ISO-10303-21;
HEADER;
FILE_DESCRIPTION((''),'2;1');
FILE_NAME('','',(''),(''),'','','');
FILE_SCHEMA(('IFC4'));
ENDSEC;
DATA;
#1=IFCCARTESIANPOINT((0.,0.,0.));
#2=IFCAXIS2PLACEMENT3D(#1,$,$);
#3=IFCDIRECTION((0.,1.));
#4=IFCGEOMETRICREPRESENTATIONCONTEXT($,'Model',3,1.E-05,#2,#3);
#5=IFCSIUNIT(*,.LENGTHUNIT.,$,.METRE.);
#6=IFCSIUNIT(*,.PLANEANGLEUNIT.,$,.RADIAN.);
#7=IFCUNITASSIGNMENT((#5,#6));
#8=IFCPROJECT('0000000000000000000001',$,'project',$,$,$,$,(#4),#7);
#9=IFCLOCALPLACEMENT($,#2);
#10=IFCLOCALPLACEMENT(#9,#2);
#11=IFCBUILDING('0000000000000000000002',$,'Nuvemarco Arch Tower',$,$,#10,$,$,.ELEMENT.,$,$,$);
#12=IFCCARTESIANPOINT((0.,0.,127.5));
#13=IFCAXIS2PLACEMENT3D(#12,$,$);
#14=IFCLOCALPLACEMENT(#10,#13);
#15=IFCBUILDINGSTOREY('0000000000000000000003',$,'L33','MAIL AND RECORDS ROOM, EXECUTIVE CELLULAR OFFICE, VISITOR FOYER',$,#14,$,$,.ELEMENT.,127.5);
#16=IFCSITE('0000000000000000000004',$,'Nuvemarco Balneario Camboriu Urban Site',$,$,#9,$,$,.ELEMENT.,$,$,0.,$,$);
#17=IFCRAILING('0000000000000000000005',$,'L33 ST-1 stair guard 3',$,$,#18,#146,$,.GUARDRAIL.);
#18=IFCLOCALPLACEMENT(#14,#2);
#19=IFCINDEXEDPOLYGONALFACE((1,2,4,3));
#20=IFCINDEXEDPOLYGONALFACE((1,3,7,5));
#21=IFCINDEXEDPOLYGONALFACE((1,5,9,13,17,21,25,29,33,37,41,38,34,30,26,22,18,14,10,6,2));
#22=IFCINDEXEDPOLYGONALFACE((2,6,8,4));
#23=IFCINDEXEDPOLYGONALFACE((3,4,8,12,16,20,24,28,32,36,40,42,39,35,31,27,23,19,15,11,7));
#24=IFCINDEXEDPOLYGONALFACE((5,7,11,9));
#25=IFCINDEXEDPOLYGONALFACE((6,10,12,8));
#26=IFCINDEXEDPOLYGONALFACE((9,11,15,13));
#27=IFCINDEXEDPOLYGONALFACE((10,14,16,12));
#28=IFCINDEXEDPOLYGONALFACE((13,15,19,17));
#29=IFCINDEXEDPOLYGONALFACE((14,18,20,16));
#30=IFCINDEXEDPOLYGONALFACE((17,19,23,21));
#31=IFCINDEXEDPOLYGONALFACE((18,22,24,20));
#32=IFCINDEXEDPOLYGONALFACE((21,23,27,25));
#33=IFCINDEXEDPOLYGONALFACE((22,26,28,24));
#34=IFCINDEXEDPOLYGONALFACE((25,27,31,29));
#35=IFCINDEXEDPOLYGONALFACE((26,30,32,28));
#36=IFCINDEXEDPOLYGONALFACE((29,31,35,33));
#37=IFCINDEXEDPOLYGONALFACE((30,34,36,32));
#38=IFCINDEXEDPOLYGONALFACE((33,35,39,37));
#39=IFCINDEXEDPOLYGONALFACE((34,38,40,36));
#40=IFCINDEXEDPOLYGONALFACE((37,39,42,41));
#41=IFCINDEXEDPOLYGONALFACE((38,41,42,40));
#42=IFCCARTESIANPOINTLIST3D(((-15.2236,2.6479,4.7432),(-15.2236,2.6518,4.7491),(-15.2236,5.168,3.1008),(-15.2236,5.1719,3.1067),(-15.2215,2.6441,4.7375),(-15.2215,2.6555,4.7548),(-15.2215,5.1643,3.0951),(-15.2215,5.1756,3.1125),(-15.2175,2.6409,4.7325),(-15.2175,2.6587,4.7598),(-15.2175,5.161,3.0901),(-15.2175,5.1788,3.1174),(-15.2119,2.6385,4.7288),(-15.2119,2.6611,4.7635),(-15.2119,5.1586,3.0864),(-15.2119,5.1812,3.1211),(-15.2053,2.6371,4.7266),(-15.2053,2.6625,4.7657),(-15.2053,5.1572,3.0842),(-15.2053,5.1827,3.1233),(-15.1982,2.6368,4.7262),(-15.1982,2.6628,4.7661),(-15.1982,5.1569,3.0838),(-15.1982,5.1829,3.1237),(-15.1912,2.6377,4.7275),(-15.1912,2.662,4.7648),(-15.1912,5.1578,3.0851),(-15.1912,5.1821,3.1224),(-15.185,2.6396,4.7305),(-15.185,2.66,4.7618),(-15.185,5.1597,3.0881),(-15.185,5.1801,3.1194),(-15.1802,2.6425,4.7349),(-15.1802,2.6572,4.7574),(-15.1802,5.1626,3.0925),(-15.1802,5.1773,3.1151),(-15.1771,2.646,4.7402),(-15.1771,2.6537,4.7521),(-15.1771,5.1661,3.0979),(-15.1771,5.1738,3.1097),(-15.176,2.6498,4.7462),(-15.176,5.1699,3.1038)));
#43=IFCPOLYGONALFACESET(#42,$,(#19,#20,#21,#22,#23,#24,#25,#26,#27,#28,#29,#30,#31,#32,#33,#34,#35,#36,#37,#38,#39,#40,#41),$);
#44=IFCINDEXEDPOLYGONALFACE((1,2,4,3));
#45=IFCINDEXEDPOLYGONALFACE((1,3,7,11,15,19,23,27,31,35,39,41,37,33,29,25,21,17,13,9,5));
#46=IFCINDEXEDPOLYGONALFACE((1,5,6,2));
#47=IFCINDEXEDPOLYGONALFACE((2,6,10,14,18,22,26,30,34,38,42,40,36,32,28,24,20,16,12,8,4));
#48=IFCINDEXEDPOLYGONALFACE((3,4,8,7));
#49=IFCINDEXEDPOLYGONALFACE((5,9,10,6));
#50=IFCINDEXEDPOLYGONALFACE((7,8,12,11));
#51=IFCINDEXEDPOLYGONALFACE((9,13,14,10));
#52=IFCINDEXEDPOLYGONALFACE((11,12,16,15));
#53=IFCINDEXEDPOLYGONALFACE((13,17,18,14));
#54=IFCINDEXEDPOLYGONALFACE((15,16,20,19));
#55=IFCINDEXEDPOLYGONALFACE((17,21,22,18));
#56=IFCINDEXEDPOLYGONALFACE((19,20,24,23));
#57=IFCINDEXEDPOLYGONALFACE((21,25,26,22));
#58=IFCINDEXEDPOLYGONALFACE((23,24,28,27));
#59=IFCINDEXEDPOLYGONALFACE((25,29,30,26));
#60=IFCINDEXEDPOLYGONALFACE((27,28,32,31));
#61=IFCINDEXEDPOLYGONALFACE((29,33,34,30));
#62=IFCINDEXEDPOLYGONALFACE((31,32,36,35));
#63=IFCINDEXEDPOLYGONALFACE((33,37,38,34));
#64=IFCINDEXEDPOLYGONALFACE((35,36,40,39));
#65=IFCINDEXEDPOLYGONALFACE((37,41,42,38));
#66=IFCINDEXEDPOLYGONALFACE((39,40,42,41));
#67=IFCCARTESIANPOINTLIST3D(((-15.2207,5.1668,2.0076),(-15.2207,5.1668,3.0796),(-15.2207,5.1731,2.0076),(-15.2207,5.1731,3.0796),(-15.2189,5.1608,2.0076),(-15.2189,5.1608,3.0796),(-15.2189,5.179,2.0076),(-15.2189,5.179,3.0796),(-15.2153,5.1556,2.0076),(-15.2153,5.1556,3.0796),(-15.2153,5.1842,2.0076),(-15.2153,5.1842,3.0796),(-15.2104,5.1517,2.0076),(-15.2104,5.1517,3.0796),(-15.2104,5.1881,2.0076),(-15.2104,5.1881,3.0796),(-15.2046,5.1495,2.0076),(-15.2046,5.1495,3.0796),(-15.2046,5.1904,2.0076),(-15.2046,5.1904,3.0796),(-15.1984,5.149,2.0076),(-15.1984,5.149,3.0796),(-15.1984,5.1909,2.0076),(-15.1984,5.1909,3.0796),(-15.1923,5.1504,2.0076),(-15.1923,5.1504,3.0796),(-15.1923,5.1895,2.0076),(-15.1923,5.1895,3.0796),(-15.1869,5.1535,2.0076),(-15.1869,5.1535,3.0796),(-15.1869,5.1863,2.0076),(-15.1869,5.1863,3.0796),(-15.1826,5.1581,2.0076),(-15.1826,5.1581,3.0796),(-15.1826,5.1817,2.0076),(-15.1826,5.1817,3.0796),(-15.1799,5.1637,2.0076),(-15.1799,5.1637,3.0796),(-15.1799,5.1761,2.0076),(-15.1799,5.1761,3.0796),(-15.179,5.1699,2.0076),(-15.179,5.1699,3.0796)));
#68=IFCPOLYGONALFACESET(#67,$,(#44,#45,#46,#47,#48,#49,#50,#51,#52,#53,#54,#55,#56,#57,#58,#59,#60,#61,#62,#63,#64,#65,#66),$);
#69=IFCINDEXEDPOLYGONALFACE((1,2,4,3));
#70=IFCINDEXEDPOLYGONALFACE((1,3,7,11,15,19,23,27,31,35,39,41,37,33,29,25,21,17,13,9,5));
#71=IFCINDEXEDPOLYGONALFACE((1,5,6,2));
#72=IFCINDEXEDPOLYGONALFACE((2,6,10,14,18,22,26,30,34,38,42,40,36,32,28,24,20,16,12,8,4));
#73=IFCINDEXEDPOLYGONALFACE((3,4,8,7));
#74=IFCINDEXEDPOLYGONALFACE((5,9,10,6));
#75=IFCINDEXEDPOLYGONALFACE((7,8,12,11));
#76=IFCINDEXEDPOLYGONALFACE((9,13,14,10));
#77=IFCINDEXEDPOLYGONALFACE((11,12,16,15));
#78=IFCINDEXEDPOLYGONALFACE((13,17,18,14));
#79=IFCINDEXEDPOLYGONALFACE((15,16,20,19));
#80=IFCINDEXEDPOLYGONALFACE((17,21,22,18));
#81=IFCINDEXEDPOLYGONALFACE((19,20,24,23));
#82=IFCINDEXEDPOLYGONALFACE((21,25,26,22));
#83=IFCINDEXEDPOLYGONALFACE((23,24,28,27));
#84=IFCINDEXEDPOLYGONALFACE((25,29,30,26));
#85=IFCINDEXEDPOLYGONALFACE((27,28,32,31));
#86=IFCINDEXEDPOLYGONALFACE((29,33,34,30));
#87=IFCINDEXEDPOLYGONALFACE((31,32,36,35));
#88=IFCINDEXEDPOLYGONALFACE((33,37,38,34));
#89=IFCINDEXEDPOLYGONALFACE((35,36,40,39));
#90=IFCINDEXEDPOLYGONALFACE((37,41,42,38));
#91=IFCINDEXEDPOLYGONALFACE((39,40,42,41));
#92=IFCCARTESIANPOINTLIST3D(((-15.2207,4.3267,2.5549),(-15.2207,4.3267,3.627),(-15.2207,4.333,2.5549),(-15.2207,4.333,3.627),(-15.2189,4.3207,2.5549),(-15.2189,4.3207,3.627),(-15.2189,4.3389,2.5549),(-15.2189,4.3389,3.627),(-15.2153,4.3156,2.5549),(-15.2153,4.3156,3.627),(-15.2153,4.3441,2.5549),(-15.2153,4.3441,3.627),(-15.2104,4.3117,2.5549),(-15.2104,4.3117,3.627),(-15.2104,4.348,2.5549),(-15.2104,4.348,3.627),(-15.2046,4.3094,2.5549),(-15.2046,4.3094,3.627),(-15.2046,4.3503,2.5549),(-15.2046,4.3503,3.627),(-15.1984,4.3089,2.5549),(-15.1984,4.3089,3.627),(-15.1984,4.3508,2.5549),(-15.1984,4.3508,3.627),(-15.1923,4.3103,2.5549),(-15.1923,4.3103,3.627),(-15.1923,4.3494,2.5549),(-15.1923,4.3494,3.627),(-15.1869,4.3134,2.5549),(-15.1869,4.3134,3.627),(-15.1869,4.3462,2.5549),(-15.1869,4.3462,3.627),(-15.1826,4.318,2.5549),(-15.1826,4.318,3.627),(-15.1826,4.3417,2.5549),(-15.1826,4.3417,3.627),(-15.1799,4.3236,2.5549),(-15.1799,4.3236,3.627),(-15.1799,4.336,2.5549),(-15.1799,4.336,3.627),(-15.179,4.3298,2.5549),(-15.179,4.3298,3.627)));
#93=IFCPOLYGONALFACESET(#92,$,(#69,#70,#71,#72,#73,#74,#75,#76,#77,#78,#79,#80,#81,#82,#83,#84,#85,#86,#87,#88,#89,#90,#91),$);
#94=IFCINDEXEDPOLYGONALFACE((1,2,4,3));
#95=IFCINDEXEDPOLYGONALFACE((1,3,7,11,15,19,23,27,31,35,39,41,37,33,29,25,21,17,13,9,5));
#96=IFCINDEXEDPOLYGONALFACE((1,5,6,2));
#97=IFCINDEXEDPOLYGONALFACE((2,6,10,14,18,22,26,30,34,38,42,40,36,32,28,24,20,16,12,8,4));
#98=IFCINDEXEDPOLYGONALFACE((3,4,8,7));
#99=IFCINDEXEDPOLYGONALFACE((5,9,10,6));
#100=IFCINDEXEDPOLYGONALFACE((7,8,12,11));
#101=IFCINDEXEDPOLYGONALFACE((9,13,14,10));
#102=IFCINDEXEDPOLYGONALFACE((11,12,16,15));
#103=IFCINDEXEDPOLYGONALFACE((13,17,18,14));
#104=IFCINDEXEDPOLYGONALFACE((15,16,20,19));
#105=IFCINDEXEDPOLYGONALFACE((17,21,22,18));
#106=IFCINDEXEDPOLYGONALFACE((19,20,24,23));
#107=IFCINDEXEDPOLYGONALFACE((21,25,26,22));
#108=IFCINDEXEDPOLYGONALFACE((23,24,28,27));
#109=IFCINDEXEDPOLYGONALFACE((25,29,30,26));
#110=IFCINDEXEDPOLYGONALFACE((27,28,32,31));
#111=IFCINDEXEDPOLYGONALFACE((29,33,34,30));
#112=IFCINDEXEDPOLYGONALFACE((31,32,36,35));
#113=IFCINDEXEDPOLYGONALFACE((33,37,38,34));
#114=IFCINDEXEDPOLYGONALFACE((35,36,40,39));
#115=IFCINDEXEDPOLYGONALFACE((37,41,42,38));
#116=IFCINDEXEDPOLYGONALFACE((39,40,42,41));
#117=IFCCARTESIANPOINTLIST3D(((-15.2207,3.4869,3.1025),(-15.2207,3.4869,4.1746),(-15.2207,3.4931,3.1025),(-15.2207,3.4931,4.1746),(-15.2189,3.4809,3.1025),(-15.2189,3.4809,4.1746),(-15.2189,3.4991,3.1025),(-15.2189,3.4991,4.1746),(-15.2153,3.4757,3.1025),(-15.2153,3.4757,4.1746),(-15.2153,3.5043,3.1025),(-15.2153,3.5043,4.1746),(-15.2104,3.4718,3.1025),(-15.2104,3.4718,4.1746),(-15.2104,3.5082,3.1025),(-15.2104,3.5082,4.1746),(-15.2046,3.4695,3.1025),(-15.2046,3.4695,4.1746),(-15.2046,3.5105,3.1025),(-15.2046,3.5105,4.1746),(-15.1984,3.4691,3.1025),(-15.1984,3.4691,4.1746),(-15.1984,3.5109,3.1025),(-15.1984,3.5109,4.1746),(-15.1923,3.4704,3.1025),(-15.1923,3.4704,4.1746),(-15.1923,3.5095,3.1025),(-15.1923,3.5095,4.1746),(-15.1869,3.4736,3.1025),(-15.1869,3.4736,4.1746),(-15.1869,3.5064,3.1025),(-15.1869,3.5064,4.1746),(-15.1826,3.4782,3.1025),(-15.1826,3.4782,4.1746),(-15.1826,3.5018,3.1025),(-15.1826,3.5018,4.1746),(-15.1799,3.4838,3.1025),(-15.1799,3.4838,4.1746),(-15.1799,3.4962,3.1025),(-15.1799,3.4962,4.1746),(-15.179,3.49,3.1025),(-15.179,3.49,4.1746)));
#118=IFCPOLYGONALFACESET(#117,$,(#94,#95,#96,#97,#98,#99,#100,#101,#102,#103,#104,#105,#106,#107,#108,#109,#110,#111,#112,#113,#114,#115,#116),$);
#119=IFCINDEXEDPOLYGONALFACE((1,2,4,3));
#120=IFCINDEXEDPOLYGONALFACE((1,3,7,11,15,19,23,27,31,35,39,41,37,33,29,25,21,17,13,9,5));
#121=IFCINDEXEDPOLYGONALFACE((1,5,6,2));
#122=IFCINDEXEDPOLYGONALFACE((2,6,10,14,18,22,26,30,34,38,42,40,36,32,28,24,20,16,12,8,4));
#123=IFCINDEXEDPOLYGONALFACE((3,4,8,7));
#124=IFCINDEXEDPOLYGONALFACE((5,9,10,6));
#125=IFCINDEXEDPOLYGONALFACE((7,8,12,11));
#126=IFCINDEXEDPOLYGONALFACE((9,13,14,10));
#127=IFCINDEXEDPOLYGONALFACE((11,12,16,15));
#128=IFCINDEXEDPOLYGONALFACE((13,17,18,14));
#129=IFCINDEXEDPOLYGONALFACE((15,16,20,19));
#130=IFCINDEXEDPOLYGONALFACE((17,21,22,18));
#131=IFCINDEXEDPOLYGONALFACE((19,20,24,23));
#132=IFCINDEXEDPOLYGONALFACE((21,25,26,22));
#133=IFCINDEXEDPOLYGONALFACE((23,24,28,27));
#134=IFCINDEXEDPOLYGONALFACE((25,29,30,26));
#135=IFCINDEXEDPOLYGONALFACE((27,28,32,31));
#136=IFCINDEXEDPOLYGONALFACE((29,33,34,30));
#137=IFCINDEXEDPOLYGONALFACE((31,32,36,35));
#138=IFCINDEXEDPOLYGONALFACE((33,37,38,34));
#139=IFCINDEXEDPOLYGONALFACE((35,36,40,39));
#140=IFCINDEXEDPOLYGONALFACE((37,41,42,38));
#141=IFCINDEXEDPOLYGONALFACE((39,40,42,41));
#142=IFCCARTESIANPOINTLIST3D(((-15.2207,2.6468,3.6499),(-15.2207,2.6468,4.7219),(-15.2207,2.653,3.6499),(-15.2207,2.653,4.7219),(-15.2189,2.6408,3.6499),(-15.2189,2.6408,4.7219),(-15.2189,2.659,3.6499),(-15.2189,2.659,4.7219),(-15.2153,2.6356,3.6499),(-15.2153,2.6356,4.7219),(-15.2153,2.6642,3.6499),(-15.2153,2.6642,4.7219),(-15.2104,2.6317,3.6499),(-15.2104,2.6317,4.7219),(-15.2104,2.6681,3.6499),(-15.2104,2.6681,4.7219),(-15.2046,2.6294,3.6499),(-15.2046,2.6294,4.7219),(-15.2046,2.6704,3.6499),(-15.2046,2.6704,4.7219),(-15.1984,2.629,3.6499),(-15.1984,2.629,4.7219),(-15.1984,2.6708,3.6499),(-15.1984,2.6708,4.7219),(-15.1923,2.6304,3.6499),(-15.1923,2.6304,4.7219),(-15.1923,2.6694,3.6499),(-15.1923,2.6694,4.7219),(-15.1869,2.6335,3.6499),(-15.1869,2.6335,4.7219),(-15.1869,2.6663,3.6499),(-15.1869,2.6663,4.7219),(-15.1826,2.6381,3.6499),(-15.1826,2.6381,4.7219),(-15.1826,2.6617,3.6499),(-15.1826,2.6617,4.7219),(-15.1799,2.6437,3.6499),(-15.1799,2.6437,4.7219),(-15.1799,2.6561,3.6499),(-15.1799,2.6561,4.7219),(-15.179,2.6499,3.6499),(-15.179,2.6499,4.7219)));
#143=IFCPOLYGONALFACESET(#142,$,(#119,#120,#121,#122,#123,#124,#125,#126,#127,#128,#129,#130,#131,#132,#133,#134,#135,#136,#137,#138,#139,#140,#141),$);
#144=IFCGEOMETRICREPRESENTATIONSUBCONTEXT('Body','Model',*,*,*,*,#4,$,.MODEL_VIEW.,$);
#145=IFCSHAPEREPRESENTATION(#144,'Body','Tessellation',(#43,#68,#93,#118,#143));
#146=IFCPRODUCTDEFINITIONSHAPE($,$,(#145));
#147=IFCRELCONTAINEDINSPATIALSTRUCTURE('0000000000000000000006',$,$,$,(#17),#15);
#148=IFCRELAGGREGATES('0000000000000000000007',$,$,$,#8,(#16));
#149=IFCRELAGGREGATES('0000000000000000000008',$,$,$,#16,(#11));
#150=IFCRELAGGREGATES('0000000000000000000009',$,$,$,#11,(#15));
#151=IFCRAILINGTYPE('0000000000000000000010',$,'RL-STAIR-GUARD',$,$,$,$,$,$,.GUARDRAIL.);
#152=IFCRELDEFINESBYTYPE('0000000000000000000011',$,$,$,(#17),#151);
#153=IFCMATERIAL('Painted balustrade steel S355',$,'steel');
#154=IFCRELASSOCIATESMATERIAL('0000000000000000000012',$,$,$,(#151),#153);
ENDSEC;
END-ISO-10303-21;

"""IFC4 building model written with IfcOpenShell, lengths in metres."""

from ifc_helpers import new_model, si_unit, direction, frame, origin, origin_2d, place, context, subcontext, project, spatial, circle, extrude, material, type_object, element, save


model = new_model("IFC4")

# Units and contexts
model_context = context("Model", 3, precision=1e-05, world=origin(), true_north=direction((0.0, 1.0)))
body_context = subcontext(model_context, "Body", "Model", "MODEL_VIEW")
ifc_project = project(units=[si_unit("LENGTHUNIT", "METRE"), si_unit("PLANEANGLEUNIT", "RADIAN")], contexts=[model_context])

# Site, building, storey
site_placement = place(None, origin())
site = spatial("IfcSite", under=ifc_project, at=site_placement, Name="Nuvemarco Balneario Camboriu Urban Site", CompositionType="ELEMENT", RefElevation=0.0)
building_placement = place(site_placement, origin())
building = spatial("IfcBuilding", under=site, at=building_placement, Name="Nuvemarco Arch Tower", CompositionType="ELEMENT")
storey_placement = place(building_placement, frame((0.0, 0.0, 127.5)))
storey = spatial("IfcBuildingStorey", under=building, at=storey_placement, Name="L33", Description="MAIL AND RECORDS ROOM, EXECUTIVE CELLULAR OFFICE, VISITOR FOYER", CompositionType="ELEMENT", Elevation=127.5)

# Railing
ifc_material_1 = material(Name="Painted balustrade steel S355", Category="steel")
railing_type_1 = type_object("IfcRailingType", Name="RL-STAIR-GUARD", PredefinedType="GUARDRAIL", material=ifc_material_1)
railing_1_placement = place(storey_placement, frame((-15.2, 5.1699, 2.0076)))
element("IfcRailing", 1, at=railing_1_placement, inside=storey, type_object=railing_type_1, Name="L33 ST-1 stair guard 3", PredefinedType="GUARDRAIL", context=body_context, shape_type="SweptSolid", body=[
    extrude(circle(Radius=0.0239, at=origin_2d()), frame((0.0, 0.0, 1.0962), z_axis=(0.0, -0.837787, 0.545998), x_axis=(1.0, 0.0, 0.0)), (0.0, 0.0, 1.0), 3.0081),
    extrude(circle(Radius=0.021, at=origin_2d()), origin(), (0.0, 0.0, 1.0), 1.072),
    extrude(circle(Radius=0.021, at=origin_2d()), frame((0.0, -0.8401, 0.5474)), (0.0, 0.0, 1.0), 1.072),
    extrude(circle(Radius=0.021, at=origin_2d()), frame((0.0, -1.6799, 1.095)), (0.0, 0.0, 1.0), 1.072),
    extrude(circle(Radius=0.021, at=origin_2d()), frame((0.0, -2.52, 1.6423)), (0.0, 0.0, 1.0), 1.072),
])

save(model, "model.ifc")
